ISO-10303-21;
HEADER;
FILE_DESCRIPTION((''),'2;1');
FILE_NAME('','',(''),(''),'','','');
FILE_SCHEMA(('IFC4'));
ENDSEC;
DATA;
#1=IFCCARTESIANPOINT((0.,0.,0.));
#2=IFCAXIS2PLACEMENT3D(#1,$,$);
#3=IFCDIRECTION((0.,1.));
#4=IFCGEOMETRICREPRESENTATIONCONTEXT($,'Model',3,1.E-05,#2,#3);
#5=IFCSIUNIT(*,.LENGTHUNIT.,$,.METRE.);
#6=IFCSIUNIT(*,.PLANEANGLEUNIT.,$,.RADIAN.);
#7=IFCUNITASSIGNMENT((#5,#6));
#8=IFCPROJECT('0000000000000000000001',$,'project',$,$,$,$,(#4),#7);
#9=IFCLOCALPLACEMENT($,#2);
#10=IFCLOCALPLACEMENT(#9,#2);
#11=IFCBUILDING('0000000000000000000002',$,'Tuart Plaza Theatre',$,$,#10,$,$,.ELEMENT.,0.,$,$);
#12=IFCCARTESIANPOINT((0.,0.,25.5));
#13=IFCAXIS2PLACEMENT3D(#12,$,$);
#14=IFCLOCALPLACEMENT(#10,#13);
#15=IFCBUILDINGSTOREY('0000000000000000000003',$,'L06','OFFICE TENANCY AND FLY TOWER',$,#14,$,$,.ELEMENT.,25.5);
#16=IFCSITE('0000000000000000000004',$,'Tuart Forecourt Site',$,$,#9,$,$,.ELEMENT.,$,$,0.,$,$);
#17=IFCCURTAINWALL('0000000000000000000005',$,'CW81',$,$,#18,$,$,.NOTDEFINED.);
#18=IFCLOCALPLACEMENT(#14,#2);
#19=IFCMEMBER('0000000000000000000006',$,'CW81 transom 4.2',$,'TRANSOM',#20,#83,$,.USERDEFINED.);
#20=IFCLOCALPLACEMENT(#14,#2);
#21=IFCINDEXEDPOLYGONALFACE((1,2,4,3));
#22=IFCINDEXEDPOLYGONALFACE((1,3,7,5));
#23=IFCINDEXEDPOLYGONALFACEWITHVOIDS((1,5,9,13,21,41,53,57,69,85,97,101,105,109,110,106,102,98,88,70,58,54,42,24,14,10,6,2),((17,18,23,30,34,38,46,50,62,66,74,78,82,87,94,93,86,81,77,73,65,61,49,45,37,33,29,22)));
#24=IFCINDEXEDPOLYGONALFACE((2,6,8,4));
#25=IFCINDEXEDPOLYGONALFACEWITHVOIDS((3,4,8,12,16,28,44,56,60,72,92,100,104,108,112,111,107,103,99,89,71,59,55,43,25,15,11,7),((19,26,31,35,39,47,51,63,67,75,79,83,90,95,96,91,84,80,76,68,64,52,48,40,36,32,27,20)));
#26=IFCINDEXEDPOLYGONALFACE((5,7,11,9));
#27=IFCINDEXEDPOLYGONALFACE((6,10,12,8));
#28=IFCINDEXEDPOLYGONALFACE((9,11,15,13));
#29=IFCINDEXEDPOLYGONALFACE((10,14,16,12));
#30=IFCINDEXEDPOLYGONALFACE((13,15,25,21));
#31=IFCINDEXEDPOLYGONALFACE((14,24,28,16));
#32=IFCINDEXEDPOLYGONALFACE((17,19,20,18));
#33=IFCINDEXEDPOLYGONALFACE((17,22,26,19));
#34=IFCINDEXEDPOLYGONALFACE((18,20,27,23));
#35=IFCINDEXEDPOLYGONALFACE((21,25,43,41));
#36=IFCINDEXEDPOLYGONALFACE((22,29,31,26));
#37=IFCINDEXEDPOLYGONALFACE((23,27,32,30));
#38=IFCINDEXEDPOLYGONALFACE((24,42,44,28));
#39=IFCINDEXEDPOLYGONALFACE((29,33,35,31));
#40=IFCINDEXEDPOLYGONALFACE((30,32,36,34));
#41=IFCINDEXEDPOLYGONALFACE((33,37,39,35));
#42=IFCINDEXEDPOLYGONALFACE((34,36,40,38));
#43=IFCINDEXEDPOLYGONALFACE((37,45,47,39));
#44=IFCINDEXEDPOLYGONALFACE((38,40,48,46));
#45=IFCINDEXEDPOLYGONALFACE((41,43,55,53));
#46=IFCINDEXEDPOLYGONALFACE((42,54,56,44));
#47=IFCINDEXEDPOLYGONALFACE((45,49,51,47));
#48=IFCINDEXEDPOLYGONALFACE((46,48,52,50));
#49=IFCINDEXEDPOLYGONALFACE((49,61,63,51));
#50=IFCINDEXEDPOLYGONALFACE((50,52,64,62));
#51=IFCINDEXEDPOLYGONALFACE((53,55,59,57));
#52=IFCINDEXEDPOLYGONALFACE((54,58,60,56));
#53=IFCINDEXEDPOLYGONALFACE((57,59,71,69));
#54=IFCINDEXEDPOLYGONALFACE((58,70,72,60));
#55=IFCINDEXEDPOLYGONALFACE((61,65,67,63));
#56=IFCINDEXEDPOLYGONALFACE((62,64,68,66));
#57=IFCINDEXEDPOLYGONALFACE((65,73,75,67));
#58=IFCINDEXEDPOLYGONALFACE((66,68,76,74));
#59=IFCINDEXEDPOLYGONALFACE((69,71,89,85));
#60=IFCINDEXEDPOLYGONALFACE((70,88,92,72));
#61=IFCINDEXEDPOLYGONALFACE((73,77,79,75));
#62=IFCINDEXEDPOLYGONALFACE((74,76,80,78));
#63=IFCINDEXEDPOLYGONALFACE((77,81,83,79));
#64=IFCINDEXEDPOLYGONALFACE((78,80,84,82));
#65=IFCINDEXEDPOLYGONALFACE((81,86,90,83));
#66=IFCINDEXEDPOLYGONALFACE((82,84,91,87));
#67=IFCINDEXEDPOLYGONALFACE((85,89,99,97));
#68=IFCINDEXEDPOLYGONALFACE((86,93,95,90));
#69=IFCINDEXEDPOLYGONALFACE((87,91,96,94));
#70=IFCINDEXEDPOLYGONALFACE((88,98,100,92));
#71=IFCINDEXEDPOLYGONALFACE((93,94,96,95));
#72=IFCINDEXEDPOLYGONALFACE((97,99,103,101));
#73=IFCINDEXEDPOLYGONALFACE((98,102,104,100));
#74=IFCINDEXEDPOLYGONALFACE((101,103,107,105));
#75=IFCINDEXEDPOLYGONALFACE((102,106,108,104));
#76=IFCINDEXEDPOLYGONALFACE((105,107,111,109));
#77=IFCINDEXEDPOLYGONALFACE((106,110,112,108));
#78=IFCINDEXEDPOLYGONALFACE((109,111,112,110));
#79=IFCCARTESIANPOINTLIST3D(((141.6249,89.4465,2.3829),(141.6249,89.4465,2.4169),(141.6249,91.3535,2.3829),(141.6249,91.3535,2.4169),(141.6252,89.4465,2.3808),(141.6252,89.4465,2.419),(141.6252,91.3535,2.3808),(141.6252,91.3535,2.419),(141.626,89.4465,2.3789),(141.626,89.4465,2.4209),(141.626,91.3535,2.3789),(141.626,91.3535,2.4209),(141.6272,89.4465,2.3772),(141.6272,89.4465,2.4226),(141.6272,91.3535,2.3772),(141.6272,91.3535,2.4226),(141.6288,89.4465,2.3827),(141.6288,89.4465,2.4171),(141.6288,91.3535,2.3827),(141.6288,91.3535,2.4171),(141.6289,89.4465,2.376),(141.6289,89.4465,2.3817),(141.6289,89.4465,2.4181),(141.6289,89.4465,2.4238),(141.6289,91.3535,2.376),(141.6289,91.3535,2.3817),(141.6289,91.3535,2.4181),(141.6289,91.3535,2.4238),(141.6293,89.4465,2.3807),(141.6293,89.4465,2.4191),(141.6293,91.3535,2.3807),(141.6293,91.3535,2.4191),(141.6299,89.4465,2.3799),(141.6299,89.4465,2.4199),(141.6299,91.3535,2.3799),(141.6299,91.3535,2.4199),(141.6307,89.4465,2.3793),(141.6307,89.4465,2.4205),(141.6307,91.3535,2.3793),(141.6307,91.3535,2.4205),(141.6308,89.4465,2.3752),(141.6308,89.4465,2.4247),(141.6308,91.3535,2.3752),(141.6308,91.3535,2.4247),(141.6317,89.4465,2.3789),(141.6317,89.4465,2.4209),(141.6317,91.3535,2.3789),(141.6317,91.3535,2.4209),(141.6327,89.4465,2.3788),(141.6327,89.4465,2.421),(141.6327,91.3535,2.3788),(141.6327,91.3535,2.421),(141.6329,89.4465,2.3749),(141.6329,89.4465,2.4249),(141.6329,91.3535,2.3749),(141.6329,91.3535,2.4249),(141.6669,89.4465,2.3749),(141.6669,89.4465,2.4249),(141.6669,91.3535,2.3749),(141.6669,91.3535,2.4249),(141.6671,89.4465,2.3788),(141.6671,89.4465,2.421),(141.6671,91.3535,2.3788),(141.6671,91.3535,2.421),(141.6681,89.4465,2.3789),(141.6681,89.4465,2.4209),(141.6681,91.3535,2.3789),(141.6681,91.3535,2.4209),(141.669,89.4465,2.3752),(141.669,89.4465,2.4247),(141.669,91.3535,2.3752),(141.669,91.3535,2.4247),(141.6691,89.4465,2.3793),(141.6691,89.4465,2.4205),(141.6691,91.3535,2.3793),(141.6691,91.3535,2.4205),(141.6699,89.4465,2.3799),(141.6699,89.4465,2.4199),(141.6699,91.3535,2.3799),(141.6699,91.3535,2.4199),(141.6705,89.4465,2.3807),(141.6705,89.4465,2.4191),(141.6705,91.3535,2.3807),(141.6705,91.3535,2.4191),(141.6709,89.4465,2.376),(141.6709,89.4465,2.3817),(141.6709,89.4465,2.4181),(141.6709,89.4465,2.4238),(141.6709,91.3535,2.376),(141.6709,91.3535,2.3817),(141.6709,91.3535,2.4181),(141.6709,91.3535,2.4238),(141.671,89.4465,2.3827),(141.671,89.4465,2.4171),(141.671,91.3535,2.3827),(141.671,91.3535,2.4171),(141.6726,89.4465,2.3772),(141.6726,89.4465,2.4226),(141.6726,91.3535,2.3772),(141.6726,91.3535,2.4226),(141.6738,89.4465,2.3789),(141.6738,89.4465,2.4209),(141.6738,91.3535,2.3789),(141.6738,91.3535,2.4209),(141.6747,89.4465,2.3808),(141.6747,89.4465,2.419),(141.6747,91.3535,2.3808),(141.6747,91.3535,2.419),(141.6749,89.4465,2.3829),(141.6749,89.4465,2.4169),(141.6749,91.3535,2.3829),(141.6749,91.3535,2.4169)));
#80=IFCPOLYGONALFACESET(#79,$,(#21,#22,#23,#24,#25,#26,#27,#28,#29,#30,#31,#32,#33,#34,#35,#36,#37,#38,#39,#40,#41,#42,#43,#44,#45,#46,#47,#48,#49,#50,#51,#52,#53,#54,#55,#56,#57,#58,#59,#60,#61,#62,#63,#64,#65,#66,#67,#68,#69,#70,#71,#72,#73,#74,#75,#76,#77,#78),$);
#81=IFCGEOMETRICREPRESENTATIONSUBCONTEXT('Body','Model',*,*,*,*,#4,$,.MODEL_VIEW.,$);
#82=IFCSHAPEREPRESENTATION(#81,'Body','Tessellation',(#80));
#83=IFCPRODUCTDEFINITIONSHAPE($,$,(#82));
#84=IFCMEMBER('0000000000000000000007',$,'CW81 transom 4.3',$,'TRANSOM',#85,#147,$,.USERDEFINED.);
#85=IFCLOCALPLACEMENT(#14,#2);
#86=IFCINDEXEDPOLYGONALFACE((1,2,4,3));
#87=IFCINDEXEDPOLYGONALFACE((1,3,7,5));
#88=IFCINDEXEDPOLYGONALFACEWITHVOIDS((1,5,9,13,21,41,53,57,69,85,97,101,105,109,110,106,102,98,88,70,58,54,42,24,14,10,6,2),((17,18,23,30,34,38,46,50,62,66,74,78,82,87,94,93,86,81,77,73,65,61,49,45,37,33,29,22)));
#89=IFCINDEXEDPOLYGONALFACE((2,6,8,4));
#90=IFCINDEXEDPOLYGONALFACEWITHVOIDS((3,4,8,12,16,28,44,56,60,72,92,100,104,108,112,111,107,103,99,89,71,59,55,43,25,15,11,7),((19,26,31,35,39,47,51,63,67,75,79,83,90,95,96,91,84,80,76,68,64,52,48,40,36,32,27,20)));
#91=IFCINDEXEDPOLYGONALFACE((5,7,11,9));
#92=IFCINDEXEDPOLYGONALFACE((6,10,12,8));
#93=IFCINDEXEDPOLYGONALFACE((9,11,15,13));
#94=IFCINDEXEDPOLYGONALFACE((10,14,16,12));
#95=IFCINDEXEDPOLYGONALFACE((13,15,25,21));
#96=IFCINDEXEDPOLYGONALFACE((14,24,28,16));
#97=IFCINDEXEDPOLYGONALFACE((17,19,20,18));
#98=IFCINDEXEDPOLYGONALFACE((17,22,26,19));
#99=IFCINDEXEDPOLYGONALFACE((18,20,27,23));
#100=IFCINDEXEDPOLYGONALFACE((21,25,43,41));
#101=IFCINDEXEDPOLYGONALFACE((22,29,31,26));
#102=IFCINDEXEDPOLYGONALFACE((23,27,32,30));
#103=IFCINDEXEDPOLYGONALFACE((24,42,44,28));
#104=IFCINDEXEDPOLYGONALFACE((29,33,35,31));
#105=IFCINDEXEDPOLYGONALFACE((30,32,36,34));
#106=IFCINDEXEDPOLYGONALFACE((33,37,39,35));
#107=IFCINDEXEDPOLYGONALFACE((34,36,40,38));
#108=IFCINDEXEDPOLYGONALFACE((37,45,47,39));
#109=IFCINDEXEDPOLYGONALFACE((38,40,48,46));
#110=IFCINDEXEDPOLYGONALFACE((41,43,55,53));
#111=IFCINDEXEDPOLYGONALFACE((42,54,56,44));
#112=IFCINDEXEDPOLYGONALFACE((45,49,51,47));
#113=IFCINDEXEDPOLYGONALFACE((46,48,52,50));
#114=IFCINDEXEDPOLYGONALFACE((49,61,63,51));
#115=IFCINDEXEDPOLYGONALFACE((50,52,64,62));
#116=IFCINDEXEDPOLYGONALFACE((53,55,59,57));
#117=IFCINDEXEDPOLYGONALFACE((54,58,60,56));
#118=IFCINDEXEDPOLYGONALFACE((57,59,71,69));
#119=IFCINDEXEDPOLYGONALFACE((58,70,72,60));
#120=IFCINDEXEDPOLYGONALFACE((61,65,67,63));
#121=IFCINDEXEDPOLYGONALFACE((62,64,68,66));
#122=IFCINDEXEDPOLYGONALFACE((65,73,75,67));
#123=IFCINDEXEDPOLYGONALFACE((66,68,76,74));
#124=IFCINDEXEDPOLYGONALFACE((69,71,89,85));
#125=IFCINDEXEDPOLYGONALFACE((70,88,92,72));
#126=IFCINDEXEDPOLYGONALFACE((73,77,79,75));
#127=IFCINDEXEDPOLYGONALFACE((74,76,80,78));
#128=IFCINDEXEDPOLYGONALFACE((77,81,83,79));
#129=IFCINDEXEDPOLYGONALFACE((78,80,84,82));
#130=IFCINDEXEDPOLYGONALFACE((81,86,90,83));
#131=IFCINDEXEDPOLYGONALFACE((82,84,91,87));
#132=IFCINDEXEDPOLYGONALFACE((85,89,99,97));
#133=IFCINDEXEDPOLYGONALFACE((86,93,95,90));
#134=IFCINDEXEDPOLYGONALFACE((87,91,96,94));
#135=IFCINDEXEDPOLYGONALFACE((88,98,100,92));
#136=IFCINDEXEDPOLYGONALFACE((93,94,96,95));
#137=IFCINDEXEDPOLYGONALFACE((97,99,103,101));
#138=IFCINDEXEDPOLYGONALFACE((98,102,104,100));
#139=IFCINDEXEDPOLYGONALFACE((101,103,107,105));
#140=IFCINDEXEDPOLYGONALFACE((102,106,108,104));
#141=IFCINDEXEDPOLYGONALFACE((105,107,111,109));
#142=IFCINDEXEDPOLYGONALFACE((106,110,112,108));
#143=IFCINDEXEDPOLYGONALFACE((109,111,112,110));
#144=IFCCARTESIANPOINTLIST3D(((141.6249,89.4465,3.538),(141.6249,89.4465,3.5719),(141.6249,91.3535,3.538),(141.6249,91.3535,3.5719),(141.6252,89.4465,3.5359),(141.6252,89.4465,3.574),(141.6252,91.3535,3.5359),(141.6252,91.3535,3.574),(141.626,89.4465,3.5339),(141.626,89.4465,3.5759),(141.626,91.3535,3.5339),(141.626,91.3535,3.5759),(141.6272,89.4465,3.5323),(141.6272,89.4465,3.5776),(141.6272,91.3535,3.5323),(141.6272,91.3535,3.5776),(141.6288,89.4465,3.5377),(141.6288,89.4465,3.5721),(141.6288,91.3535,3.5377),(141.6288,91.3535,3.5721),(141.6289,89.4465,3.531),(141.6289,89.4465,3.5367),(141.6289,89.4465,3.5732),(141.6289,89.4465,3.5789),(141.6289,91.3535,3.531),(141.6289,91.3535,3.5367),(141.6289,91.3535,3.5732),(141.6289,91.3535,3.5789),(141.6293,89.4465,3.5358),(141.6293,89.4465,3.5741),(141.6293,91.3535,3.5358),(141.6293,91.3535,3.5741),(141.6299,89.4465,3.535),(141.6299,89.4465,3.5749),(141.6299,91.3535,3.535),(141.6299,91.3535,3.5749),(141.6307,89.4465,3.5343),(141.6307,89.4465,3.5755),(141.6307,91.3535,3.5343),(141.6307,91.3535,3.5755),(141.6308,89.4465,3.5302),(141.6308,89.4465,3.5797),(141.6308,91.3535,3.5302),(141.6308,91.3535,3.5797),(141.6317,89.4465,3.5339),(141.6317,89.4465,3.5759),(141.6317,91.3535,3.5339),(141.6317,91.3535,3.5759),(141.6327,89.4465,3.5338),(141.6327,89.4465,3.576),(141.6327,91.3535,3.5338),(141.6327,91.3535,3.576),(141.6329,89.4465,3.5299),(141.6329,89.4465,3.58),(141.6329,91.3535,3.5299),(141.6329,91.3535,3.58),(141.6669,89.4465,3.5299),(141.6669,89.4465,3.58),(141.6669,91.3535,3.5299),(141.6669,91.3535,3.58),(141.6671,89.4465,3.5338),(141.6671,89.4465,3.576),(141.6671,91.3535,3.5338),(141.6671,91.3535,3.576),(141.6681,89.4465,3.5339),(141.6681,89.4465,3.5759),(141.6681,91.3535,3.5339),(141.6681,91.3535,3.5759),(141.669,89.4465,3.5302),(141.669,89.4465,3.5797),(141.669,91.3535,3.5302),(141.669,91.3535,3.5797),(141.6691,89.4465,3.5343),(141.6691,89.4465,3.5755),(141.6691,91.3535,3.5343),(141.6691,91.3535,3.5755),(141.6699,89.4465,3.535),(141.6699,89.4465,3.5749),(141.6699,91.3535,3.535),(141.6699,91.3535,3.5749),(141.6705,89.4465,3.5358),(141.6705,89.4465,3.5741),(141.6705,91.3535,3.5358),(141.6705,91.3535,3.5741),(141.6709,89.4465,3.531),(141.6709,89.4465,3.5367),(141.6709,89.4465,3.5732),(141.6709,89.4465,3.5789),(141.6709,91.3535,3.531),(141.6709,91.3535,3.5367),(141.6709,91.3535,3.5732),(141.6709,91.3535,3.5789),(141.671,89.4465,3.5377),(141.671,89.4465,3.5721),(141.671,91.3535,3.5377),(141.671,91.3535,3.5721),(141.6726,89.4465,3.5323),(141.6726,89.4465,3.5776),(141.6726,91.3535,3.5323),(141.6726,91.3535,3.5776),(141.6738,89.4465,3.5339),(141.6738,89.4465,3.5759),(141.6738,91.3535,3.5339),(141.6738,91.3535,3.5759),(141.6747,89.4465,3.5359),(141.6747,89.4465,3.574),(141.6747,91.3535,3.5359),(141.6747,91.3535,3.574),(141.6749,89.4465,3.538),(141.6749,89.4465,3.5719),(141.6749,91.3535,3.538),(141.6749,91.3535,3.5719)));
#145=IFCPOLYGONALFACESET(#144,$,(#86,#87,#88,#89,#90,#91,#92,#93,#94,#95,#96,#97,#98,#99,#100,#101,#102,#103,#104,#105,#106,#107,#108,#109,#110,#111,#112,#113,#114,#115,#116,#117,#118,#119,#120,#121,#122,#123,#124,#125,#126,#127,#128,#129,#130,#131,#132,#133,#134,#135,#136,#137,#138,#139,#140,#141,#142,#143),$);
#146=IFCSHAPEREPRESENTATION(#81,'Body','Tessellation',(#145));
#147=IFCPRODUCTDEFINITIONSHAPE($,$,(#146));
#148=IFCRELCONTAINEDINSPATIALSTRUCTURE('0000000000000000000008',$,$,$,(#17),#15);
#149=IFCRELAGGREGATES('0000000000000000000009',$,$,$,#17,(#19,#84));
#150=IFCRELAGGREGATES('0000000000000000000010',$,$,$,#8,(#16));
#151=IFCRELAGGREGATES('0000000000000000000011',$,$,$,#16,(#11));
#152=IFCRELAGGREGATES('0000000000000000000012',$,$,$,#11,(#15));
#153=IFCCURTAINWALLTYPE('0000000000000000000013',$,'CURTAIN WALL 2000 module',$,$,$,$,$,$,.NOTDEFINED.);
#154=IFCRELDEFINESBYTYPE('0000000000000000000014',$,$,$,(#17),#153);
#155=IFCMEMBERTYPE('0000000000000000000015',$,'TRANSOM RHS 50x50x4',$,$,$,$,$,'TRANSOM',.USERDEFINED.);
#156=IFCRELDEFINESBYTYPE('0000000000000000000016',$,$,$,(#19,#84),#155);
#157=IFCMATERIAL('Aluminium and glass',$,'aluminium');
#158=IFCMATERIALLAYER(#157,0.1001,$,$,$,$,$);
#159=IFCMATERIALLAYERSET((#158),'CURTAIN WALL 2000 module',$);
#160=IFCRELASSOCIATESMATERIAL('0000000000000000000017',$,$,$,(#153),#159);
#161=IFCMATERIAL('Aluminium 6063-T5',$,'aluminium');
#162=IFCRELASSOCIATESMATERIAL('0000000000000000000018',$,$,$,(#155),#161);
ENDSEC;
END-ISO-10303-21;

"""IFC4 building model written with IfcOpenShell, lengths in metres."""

from ifc_helpers import new_model, si_unit, direction, frame, origin, origin_2d, place, context, subcontext, project, spatial, hollow_rectangle, extrude, material, layer, layer_set, material_profile, profile_set, type_object, element, aggregate, save


model = new_model("IFC4")

# Units and contexts
model_context = context("Model", 3, precision=1e-05, world=origin(), true_north=direction((0.0, 1.0)))
body_context = subcontext(model_context, "Body", "Model", "MODEL_VIEW")
ifc_project = project(units=[si_unit("LENGTHUNIT", "METRE"), si_unit("PLANEANGLEUNIT", "RADIAN")], contexts=[model_context])

# Site, building, storey
site_placement = place(None, origin())
site = spatial("IfcSite", under=ifc_project, at=site_placement, Name="Tuart Forecourt Site", CompositionType="ELEMENT", RefElevation=0.0)
building_placement = place(site_placement, origin())
building = spatial("IfcBuilding", under=site, at=building_placement, Name="Tuart Plaza Theatre", CompositionType="ELEMENT", ElevationOfRefHeight=0.0)
storey_placement = place(building_placement, frame((0.0, 0.0, 25.5)))
storey = spatial("IfcBuildingStorey", under=building, at=storey_placement, Name="L06", Description="OFFICE TENANCY AND FLY TOWER", CompositionType="ELEMENT", Elevation=25.5)

# Curtain wall
ifc_material_1 = material(Name="Aluminium and glass", Category="aluminium")
ifc_layer_1 = layer(ifc_material_1, 0.1001)
ifc_layer_set_1 = layer_set([ifc_layer_1], Name="CURTAIN WALL 2000 module")
curtain_wall_type = type_object("IfcCurtainWallType", Name="CURTAIN WALL 2000 module", PredefinedType="NOTDEFINED", material=ifc_layer_set_1)
curtain_wall_1_placement = place(storey_placement, origin())
curtain_wall_1 = element("IfcCurtainWall", 1, at=curtain_wall_1_placement, inside=storey, type_object=curtain_wall_type, Name="CW81", PredefinedType="NOTDEFINED")

# Members
ifc_material_2 = material(Name="Aluminium 6063-T5", Category="aluminium")
ifc_material_profile_1 = material_profile(ifc_material_2, hollow_rectangle(XDim=0.05, YDim=0.05, WallThickness=0.0039, InnerFilletRadius=0.0039, OuterFilletRadius=0.0081, at=origin_2d()), Name="RHS 50x50x4")
ifc_profile_set_1 = profile_set([ifc_material_profile_1], Name="Aluminium 6063-T5")
member_type_1 = type_object("IfcMemberType", Name="TRANSOM RHS 50x50x4", ElementType="TRANSOM", PredefinedType="USERDEFINED", material=ifc_profile_set_1)
member_1_placement = place(storey_placement, frame((141.6499, 89.4465, 2.3999), z_axis=(0.0, 1.0, 0.0), x_axis=(-1.0, 0.0, 0.0)))
member_1 = element("IfcMember", 2, at=member_1_placement, type_object=member_type_1, Name="CW81 transom 4.2", ObjectType="TRANSOM", PredefinedType="USERDEFINED", context=body_context, shape_type="SweptSolid", body=[
    extrude(hollow_rectangle(XDim=0.05, YDim=0.05, WallThickness=0.0039, InnerFilletRadius=0.0039, OuterFilletRadius=0.0081, at=origin_2d()), origin(), (0.0, 0.0, 1.0), 1.907),
])
member_2_placement = place(storey_placement, frame((141.6499, 89.4465, 3.5549), z_axis=(0.0, 1.0, 0.0), x_axis=(-1.0, 0.0, 0.0)))
member_2 = element("IfcMember", 3, at=member_2_placement, type_object=member_type_1, Name="CW81 transom 4.3", ObjectType="TRANSOM", PredefinedType="USERDEFINED", context=body_context, shape_type="SweptSolid", body=[
    extrude(hollow_rectangle(XDim=0.05, YDim=0.05, WallThickness=0.0039, InnerFilletRadius=0.0039, OuterFilletRadius=0.0081, at=origin_2d()), origin(), (0.0, 0.0, 1.0), 1.907),
])

aggregate(curtain_wall_1, [member_1, member_2])

save(model, "model.ifc")
